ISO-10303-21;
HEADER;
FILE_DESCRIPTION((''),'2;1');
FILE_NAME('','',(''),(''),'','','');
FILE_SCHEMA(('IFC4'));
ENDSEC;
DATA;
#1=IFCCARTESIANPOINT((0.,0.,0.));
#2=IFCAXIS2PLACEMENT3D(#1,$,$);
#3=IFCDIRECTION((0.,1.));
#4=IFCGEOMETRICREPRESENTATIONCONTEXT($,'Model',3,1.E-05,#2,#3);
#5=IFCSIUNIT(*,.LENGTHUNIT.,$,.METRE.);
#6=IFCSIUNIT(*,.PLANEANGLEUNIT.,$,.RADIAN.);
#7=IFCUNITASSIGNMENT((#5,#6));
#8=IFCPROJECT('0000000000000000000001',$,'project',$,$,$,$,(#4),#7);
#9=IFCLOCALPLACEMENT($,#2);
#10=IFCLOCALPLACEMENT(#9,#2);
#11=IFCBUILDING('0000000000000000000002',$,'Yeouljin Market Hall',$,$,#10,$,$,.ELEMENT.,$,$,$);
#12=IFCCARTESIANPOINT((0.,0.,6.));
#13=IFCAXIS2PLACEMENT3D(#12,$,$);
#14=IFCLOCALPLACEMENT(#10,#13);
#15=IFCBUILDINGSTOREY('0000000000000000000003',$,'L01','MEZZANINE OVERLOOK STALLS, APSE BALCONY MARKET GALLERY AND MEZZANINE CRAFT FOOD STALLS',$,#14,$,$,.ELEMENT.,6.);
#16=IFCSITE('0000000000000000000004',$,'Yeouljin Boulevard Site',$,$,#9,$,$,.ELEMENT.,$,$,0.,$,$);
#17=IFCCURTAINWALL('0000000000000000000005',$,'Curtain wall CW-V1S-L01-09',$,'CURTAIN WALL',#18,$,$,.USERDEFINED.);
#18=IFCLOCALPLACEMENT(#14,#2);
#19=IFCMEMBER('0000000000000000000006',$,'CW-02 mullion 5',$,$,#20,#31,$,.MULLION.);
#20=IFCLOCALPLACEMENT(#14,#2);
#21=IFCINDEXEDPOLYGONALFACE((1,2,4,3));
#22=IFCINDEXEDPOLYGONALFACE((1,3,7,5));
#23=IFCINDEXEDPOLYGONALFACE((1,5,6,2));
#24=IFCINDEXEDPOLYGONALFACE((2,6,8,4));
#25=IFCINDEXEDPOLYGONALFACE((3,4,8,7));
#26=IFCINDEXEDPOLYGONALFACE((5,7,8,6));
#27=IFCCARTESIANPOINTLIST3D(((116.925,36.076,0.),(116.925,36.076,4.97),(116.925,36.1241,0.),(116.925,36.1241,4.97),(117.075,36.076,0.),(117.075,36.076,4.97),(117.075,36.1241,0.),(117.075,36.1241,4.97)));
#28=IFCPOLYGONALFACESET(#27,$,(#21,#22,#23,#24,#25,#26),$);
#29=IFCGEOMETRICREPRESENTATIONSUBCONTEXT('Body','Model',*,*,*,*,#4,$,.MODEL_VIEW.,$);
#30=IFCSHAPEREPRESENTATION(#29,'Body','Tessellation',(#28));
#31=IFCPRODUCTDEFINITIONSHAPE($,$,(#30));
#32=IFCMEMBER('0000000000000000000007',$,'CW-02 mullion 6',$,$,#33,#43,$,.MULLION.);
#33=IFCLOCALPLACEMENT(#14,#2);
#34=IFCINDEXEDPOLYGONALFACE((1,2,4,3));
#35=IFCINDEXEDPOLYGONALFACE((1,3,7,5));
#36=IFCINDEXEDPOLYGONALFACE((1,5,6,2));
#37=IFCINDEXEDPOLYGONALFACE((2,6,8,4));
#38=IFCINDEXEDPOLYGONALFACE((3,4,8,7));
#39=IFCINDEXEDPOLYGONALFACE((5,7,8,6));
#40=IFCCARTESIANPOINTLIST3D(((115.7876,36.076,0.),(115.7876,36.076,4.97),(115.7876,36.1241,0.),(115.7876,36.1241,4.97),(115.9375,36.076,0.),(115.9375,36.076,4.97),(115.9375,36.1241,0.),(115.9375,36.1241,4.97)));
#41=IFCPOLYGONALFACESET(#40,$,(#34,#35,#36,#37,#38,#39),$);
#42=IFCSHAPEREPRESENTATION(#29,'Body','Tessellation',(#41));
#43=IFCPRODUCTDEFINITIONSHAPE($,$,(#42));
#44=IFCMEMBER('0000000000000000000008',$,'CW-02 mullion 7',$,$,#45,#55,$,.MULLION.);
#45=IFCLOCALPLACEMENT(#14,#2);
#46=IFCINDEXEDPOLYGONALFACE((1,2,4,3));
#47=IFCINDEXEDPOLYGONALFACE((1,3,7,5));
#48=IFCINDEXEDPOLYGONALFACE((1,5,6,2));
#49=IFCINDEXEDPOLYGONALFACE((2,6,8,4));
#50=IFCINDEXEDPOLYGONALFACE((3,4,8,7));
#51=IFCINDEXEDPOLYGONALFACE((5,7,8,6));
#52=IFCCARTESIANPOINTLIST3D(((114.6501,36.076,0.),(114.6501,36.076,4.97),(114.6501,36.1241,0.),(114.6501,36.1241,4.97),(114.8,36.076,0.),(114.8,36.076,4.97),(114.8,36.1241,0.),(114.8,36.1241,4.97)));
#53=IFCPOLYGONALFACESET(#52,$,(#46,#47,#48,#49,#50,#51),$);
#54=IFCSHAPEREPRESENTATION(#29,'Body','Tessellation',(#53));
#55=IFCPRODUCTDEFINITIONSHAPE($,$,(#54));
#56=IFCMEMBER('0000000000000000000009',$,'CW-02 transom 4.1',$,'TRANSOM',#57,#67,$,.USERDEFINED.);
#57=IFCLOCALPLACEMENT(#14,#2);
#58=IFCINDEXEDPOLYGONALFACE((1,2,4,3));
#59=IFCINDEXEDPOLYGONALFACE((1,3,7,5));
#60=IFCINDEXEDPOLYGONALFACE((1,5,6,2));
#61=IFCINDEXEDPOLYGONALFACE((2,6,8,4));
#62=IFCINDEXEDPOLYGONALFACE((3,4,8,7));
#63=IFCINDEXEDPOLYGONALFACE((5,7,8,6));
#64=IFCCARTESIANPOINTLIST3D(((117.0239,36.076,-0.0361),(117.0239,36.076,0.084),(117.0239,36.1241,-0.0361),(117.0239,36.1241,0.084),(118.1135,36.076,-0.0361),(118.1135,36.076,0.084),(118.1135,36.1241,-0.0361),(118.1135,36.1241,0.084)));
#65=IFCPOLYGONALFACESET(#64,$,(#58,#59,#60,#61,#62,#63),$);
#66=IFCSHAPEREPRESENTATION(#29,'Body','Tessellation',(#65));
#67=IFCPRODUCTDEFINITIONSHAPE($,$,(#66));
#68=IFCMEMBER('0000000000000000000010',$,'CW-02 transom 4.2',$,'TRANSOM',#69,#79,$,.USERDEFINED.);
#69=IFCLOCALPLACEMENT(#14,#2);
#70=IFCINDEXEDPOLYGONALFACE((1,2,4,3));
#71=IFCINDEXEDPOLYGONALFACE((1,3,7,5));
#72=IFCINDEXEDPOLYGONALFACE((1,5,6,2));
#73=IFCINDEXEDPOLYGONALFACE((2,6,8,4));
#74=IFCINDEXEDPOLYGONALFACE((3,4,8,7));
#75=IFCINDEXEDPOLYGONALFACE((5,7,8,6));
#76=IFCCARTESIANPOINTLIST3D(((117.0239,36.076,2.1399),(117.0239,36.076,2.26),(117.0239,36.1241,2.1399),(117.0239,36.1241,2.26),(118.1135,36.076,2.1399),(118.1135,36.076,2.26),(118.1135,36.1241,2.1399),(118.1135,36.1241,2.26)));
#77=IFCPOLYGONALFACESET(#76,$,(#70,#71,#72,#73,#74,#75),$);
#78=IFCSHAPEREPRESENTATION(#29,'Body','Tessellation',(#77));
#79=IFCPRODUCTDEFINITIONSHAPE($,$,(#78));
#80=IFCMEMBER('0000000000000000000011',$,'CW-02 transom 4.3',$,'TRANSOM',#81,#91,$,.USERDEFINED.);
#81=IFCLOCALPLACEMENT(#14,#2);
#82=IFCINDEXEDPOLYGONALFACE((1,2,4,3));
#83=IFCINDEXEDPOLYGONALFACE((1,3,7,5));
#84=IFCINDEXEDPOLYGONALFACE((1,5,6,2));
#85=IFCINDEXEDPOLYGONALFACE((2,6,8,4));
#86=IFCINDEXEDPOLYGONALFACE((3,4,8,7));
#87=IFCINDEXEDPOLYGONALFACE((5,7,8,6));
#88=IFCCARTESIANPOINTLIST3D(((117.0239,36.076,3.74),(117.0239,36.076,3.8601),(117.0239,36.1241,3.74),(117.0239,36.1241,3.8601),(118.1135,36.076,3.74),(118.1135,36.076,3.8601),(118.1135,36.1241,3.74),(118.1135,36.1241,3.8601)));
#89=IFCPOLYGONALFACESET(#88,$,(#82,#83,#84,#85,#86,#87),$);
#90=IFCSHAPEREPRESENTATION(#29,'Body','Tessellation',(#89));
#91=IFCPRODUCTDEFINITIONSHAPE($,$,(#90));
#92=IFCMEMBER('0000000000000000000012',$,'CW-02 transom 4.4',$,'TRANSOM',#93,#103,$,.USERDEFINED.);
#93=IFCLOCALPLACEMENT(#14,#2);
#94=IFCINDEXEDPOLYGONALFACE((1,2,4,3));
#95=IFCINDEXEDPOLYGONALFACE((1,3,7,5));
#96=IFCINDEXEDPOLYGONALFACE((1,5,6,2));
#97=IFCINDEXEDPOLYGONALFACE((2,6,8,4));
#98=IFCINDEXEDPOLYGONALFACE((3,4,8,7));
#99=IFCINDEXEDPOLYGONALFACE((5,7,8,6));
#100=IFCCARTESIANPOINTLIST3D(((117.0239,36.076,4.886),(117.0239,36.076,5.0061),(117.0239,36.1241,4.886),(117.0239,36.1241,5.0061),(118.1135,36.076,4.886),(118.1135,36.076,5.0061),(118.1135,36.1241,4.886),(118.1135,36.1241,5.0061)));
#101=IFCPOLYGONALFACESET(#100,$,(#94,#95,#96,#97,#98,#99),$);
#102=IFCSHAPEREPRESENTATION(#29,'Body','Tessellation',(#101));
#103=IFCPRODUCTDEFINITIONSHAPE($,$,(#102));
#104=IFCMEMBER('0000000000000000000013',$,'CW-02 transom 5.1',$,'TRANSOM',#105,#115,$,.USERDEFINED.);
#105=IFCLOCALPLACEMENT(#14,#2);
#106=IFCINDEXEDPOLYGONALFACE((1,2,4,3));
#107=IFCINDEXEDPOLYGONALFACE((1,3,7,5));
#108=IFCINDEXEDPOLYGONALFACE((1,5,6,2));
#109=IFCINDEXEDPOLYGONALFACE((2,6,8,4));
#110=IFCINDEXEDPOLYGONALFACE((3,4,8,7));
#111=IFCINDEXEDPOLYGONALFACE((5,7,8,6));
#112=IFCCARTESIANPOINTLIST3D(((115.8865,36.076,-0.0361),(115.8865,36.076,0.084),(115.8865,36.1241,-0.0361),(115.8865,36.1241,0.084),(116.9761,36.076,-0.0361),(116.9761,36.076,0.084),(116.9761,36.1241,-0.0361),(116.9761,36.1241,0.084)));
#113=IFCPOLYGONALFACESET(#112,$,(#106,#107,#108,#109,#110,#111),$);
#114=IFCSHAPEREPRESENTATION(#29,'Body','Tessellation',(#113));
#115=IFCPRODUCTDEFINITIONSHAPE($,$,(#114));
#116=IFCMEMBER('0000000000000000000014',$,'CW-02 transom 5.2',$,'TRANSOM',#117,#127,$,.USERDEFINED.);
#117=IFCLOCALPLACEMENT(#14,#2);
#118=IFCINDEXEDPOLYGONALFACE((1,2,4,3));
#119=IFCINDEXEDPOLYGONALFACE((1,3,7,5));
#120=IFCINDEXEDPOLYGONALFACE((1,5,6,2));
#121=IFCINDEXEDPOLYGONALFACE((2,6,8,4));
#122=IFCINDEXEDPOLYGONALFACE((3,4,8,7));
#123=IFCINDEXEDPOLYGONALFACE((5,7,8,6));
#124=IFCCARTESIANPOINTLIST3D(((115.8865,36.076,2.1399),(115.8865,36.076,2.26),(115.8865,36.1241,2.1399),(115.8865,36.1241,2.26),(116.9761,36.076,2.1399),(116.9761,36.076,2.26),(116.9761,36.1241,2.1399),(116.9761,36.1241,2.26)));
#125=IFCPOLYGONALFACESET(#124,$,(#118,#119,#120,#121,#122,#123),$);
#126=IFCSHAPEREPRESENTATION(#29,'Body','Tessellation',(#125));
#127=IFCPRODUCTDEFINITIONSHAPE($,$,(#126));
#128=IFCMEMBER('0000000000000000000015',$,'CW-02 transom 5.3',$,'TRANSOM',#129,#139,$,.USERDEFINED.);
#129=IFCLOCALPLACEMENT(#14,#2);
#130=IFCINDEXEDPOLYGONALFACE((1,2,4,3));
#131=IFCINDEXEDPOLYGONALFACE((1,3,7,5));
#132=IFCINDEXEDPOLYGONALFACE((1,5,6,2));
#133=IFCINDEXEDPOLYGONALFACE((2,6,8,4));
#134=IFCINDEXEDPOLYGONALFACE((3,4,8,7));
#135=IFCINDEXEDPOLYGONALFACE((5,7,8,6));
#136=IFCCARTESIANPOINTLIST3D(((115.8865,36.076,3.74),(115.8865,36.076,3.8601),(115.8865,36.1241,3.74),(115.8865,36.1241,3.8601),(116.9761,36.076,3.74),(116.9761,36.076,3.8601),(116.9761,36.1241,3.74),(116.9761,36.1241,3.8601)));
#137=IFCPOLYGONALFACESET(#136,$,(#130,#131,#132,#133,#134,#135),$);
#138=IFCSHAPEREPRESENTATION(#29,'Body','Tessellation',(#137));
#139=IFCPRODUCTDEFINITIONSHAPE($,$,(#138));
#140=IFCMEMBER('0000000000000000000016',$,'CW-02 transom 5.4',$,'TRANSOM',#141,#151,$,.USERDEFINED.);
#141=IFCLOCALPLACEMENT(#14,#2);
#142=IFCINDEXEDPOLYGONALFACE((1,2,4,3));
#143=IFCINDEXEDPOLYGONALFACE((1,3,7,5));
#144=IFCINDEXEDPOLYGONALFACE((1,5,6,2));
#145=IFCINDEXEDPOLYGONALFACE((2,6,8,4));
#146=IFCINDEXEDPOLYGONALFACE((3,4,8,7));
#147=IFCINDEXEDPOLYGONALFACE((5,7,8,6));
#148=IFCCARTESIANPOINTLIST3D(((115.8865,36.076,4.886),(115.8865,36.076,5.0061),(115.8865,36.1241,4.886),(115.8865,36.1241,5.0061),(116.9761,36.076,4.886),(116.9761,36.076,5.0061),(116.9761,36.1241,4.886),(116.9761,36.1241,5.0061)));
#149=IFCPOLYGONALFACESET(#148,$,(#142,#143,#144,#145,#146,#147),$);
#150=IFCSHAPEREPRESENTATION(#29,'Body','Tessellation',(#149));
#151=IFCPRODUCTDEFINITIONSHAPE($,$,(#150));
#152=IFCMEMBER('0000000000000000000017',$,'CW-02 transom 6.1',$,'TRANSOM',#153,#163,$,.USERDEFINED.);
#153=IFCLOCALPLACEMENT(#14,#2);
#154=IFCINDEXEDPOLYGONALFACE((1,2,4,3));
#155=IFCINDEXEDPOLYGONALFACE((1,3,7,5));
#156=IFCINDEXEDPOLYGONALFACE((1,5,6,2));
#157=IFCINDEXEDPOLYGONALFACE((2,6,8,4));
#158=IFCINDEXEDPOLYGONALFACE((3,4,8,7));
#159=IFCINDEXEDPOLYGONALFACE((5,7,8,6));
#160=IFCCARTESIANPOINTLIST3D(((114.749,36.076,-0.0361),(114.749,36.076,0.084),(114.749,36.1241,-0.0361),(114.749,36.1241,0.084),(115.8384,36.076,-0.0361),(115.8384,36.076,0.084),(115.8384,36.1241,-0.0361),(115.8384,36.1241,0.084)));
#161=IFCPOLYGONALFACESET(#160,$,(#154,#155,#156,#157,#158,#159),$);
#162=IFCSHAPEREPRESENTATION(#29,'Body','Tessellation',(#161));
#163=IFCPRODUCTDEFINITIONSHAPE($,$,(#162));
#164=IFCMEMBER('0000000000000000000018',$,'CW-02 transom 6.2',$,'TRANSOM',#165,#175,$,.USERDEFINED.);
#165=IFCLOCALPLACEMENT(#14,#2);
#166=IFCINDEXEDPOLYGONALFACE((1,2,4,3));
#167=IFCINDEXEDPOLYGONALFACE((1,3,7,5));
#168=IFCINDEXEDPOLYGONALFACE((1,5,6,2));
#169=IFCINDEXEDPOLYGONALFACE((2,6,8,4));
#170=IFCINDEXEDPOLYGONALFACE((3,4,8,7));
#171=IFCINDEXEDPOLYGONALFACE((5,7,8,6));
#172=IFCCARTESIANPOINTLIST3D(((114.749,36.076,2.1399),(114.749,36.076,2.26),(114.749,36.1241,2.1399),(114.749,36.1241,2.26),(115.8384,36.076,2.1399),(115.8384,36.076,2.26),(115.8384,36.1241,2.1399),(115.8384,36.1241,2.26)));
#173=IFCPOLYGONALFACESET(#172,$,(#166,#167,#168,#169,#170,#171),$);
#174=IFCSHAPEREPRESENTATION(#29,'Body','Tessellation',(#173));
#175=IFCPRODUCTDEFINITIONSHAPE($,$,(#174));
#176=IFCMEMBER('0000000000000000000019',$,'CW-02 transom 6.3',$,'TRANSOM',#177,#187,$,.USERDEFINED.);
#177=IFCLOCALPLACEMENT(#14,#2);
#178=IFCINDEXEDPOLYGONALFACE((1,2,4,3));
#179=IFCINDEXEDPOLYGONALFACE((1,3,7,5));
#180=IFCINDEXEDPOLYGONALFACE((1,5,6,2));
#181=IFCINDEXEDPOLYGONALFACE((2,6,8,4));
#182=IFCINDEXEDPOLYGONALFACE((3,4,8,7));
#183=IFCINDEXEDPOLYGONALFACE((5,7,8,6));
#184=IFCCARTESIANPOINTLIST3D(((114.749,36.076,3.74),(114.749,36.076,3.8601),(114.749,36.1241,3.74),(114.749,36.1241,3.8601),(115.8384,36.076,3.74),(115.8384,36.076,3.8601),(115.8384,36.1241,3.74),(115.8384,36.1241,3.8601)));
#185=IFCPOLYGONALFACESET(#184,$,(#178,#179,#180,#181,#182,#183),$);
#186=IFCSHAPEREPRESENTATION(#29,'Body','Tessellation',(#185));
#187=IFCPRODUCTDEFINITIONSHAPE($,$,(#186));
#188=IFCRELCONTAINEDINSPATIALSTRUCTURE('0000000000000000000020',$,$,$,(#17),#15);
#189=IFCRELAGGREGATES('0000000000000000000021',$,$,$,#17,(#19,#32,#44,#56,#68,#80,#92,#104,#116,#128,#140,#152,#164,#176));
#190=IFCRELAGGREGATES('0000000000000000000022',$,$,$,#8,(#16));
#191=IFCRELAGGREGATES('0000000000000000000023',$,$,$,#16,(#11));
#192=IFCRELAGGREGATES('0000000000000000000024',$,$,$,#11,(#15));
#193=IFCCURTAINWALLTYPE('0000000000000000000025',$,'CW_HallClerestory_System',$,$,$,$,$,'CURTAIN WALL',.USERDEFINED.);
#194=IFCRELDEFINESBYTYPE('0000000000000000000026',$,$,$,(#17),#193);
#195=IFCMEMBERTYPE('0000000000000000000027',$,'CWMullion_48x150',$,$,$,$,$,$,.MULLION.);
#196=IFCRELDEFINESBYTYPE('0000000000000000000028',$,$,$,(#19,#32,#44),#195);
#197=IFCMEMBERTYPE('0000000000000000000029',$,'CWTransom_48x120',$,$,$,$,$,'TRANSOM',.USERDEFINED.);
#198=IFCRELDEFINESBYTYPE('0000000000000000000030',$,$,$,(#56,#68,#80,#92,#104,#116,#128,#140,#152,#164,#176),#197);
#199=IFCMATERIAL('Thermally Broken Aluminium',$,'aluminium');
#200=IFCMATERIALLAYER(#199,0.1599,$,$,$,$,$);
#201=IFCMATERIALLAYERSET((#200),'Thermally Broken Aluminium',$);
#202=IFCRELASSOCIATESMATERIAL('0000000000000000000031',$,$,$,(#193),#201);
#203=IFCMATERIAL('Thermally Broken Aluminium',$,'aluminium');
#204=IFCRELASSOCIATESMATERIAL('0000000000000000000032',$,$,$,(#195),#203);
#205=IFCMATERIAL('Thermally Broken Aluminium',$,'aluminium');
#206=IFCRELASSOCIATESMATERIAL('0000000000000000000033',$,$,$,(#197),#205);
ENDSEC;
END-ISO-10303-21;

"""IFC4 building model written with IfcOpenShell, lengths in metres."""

from ifc_helpers import new_model, si_unit, direction, frame, origin, origin_2d, place, context, subcontext, project, spatial, rectangle, extrude, material, layer, layer_set, material_profile, profile_set, type_object, element, aggregate, save


model = new_model("IFC4")

# Units and contexts
model_context = context("Model", 3, precision=1e-05, world=origin(), true_north=direction((0.0, 1.0)))
body_context = subcontext(model_context, "Body", "Model", "MODEL_VIEW")
ifc_project = project(units=[si_unit("LENGTHUNIT", "METRE"), si_unit("PLANEANGLEUNIT", "RADIAN")], contexts=[model_context])

# Site, building, storey
site_placement = place(None, origin())
site = spatial("IfcSite", under=ifc_project, at=site_placement, Name="Yeouljin Boulevard Site", CompositionType="ELEMENT", RefElevation=0.0)
building_placement = place(site_placement, origin())
building = spatial("IfcBuilding", under=site, at=building_placement, Name="Yeouljin Market Hall", CompositionType="ELEMENT")
storey_placement = place(building_placement, frame((0.0, 0.0, 6.0)))
storey = spatial("IfcBuildingStorey", under=building, at=storey_placement, Name="L01", Description="MEZZANINE OVERLOOK STALLS, APSE BALCONY MARKET GALLERY AND MEZZANINE CRAFT FOOD STALLS", CompositionType="ELEMENT", Elevation=6.0)

# Curtain wall, members
ifc_material_1 = material(Name="Thermally Broken Aluminium", Category="aluminium")
ifc_layer_1 = layer(ifc_material_1, 0.1599)
ifc_layer_set_1 = layer_set([ifc_layer_1], Name="Thermally Broken Aluminium")
curtain_wall_type = type_object("IfcCurtainWallType", Name="CW_HallClerestory_System", ElementType="CURTAIN WALL", PredefinedType="USERDEFINED", material=ifc_layer_set_1)
curtain_wall_placement = place(storey_placement, origin())
curtain_wall = element("IfcCurtainWall", 1, at=curtain_wall_placement, inside=storey, type_object=curtain_wall_type, Name="Curtain wall CW-V1S-L01-09", ObjectType="CURTAIN WALL", PredefinedType="USERDEFINED")
ifc_material_2 = material(Name="Thermally Broken Aluminium", Category="aluminium")
ifc_material_profile_1 = material_profile(ifc_material_2, rectangle(XDim=0.0481, YDim=0.1499, at=origin_2d()), Name="CW-MULL-48x150")
ifc_profile_set_1 = profile_set([ifc_material_profile_1], Name="Thermally Broken Aluminium")
member_type_1 = type_object("IfcMemberType", Name="CWMullion_48x150", PredefinedType="MULLION", material=ifc_profile_set_1)
member_1_placement = place(storey_placement, frame((117.0, 36.1001, 0.0), z_axis=(0.0, 0.0, 1.0), x_axis=(0.0, -1.0, 0.0)))
member_1 = element("IfcMember", 2, at=member_1_placement, type_object=member_type_1, Name="CW-02 mullion 5", PredefinedType="MULLION", context=body_context, shape_type="SweptSolid", body=[
    extrude(rectangle(XDim=0.0481, YDim=0.1499, at=origin_2d()), origin(), (0.0, 0.0, 1.0), 4.97),
])
member_2_placement = place(storey_placement, frame((115.8625, 36.1001, 0.0), z_axis=(0.0, 0.0, 1.0), x_axis=(0.0, -1.0, 0.0)))
member_2 = element("IfcMember", 3, at=member_2_placement, type_object=member_type_1, Name="CW-02 mullion 6", PredefinedType="MULLION", context=body_context, shape_type="SweptSolid", body=[
    extrude(rectangle(XDim=0.0481, YDim=0.1499, at=origin_2d()), origin(), (0.0, 0.0, 1.0), 4.97),
])
member_3_placement = place(storey_placement, frame((114.7251, 36.1001, 0.0), z_axis=(0.0, 0.0, 1.0), x_axis=(0.0, -1.0, 0.0)))
member_3 = element("IfcMember", 4, at=member_3_placement, type_object=member_type_1, Name="CW-02 mullion 7", PredefinedType="MULLION", context=body_context, shape_type="SweptSolid", body=[
    extrude(rectangle(XDim=0.0481, YDim=0.1499, at=origin_2d()), origin(), (0.0, 0.0, 1.0), 4.97),
])
ifc_material_3 = material(Name="Thermally Broken Aluminium", Category="aluminium")
ifc_material_profile_2 = material_profile(ifc_material_3, rectangle(XDim=0.0481, YDim=0.1201, at=origin_2d()), Name="CW-TRAN-48x120")
ifc_profile_set_2 = profile_set([ifc_material_profile_2], Name="Thermally Broken Aluminium")
member_type_2 = type_object("IfcMemberType", Name="CWTransom_48x120", ElementType="TRANSOM", PredefinedType="USERDEFINED", material=ifc_profile_set_2)
member_4_placement = place(storey_placement, frame((118.1135, 36.1001, 0.0239), z_axis=(-1.0, 0.0, 0.0), x_axis=(0.0, -1.0, 0.0)))
member_4 = element("IfcMember", 5, at=member_4_placement, type_object=member_type_2, Name="CW-02 transom 4.1", ObjectType="TRANSOM", PredefinedType="USERDEFINED", context=body_context, shape_type="SweptSolid", body=[
    extrude(rectangle(XDim=0.0481, YDim=0.1201, at=origin_2d()), origin(), (0.0, 0.0, 1.0), 1.0896),
])
member_5_placement = place(storey_placement, frame((118.1135, 36.1001, 2.2), z_axis=(-1.0, 0.0, 0.0), x_axis=(0.0, -1.0, 0.0)))
member_5 = element("IfcMember", 6, at=member_5_placement, type_object=member_type_2, Name="CW-02 transom 4.2", ObjectType="TRANSOM", PredefinedType="USERDEFINED", context=body_context, shape_type="SweptSolid", body=[
    extrude(rectangle(XDim=0.0481, YDim=0.1201, at=origin_2d()), origin(), (0.0, 0.0, 1.0), 1.0896),
])
member_6_placement = place(storey_placement, frame((118.1135, 36.1001, 3.8), z_axis=(-1.0, 0.0, 0.0), x_axis=(0.0, -1.0, 0.0)))
member_6 = element("IfcMember", 7, at=member_6_placement, type_object=member_type_2, Name="CW-02 transom 4.3", ObjectType="TRANSOM", PredefinedType="USERDEFINED", context=body_context, shape_type="SweptSolid", body=[
    extrude(rectangle(XDim=0.0481, YDim=0.1201, at=origin_2d()), origin(), (0.0, 0.0, 1.0), 1.0896),
])
member_7_placement = place(storey_placement, frame((118.1135, 36.1001, 4.946), z_axis=(-1.0, 0.0, 0.0), x_axis=(0.0, -1.0, 0.0)))
member_7 = element("IfcMember", 8, at=member_7_placement, type_object=member_type_2, Name="CW-02 transom 4.4", ObjectType="TRANSOM", PredefinedType="USERDEFINED", context=body_context, shape_type="SweptSolid", body=[
    extrude(rectangle(XDim=0.0481, YDim=0.1201, at=origin_2d()), origin(), (0.0, 0.0, 1.0), 1.0896),
])
member_8_placement = place(storey_placement, frame((116.9761, 36.1001, 0.0239), z_axis=(-1.0, 0.0, 0.0), x_axis=(0.0, -1.0, 0.0)))
member_8 = element("IfcMember", 9, at=member_8_placement, type_object=member_type_2, Name="CW-02 transom 5.1", ObjectType="TRANSOM", PredefinedType="USERDEFINED", context=body_context, shape_type="SweptSolid", body=[
    extrude(rectangle(XDim=0.0481, YDim=0.1201, at=origin_2d()), origin(), (0.0, 0.0, 1.0), 1.0896),
])
member_9_placement = place(storey_placement, frame((116.9761, 36.1001, 2.2), z_axis=(-1.0, 0.0, 0.0), x_axis=(0.0, -1.0, 0.0)))
member_9 = element("IfcMember", 10, at=member_9_placement, type_object=member_type_2, Name="CW-02 transom 5.2", ObjectType="TRANSOM", PredefinedType="USERDEFINED", context=body_context, shape_type="SweptSolid", body=[
    extrude(rectangle(XDim=0.0481, YDim=0.1201, at=origin_2d()), origin(), (0.0, 0.0, 1.0), 1.0896),
])
member_10_placement = place(storey_placement, frame((116.9761, 36.1001, 3.8), z_axis=(-1.0, 0.0, 0.0), x_axis=(0.0, -1.0, 0.0)))
member_10 = element("IfcMember", 11, at=member_10_placement, type_object=member_type_2, Name="CW-02 transom 5.3", ObjectType="TRANSOM", PredefinedType="USERDEFINED", context=body_context, shape_type="SweptSolid", body=[
    extrude(rectangle(XDim=0.0481, YDim=0.1201, at=origin_2d()), origin(), (0.0, 0.0, 1.0), 1.0896),
])
member_11_placement = place(storey_placement, frame((116.9761, 36.1001, 4.946), z_axis=(-1.0, 0.0, 0.0), x_axis=(0.0, -1.0, 0.0)))
member_11 = element("IfcMember", 12, at=member_11_placement, type_object=member_type_2, Name="CW-02 transom 5.4", ObjectType="TRANSOM", PredefinedType="USERDEFINED", context=body_context, shape_type="SweptSolid", body=[
    extrude(rectangle(XDim=0.0481, YDim=0.1201, at=origin_2d()), origin(), (0.0, 0.0, 1.0), 1.0896),
])
member_12_placement = place(storey_placement, frame((115.8384, 36.1001, 0.0239), z_axis=(-1.0, 0.0, 0.0), x_axis=(0.0, -1.0, 0.0)))
member_12 = element("IfcMember", 13, at=member_12_placement, type_object=member_type_2, Name="CW-02 transom 6.1", ObjectType="TRANSOM", PredefinedType="USERDEFINED", context=body_context, shape_type="SweptSolid", body=[
    extrude(rectangle(XDim=0.0481, YDim=0.1201, at=origin_2d()), origin(), (0.0, 0.0, 1.0), 1.0894),
])
member_13_placement = place(storey_placement, frame((115.8384, 36.1001, 2.2), z_axis=(-1.0, 0.0, 0.0), x_axis=(0.0, -1.0, 0.0)))
member_13 = element("IfcMember", 14, at=member_13_placement, type_object=member_type_2, Name="CW-02 transom 6.2", ObjectType="TRANSOM", PredefinedType="USERDEFINED", context=body_context, shape_type="SweptSolid", body=[
    extrude(rectangle(XDim=0.0481, YDim=0.1201, at=origin_2d()), origin(), (0.0, 0.0, 1.0), 1.0894),
])
member_14_placement = place(storey_placement, frame((115.8384, 36.1001, 3.8), z_axis=(-1.0, 0.0, 0.0), x_axis=(0.0, -1.0, 0.0)))
member_14 = element("IfcMember", 15, at=member_14_placement, type_object=member_type_2, Name="CW-02 transom 6.3", ObjectType="TRANSOM", PredefinedType="USERDEFINED", context=body_context, shape_type="SweptSolid", body=[
    extrude(rectangle(XDim=0.0481, YDim=0.1201, at=origin_2d()), origin(), (0.0, 0.0, 1.0), 1.0894),
])
aggregate(curtain_wall, [member_1, member_2, member_3, member_4, member_5, member_6, member_7, member_8, member_9, member_10, member_11, member_12, member_13, member_14])

save(model, "model.ifc")
